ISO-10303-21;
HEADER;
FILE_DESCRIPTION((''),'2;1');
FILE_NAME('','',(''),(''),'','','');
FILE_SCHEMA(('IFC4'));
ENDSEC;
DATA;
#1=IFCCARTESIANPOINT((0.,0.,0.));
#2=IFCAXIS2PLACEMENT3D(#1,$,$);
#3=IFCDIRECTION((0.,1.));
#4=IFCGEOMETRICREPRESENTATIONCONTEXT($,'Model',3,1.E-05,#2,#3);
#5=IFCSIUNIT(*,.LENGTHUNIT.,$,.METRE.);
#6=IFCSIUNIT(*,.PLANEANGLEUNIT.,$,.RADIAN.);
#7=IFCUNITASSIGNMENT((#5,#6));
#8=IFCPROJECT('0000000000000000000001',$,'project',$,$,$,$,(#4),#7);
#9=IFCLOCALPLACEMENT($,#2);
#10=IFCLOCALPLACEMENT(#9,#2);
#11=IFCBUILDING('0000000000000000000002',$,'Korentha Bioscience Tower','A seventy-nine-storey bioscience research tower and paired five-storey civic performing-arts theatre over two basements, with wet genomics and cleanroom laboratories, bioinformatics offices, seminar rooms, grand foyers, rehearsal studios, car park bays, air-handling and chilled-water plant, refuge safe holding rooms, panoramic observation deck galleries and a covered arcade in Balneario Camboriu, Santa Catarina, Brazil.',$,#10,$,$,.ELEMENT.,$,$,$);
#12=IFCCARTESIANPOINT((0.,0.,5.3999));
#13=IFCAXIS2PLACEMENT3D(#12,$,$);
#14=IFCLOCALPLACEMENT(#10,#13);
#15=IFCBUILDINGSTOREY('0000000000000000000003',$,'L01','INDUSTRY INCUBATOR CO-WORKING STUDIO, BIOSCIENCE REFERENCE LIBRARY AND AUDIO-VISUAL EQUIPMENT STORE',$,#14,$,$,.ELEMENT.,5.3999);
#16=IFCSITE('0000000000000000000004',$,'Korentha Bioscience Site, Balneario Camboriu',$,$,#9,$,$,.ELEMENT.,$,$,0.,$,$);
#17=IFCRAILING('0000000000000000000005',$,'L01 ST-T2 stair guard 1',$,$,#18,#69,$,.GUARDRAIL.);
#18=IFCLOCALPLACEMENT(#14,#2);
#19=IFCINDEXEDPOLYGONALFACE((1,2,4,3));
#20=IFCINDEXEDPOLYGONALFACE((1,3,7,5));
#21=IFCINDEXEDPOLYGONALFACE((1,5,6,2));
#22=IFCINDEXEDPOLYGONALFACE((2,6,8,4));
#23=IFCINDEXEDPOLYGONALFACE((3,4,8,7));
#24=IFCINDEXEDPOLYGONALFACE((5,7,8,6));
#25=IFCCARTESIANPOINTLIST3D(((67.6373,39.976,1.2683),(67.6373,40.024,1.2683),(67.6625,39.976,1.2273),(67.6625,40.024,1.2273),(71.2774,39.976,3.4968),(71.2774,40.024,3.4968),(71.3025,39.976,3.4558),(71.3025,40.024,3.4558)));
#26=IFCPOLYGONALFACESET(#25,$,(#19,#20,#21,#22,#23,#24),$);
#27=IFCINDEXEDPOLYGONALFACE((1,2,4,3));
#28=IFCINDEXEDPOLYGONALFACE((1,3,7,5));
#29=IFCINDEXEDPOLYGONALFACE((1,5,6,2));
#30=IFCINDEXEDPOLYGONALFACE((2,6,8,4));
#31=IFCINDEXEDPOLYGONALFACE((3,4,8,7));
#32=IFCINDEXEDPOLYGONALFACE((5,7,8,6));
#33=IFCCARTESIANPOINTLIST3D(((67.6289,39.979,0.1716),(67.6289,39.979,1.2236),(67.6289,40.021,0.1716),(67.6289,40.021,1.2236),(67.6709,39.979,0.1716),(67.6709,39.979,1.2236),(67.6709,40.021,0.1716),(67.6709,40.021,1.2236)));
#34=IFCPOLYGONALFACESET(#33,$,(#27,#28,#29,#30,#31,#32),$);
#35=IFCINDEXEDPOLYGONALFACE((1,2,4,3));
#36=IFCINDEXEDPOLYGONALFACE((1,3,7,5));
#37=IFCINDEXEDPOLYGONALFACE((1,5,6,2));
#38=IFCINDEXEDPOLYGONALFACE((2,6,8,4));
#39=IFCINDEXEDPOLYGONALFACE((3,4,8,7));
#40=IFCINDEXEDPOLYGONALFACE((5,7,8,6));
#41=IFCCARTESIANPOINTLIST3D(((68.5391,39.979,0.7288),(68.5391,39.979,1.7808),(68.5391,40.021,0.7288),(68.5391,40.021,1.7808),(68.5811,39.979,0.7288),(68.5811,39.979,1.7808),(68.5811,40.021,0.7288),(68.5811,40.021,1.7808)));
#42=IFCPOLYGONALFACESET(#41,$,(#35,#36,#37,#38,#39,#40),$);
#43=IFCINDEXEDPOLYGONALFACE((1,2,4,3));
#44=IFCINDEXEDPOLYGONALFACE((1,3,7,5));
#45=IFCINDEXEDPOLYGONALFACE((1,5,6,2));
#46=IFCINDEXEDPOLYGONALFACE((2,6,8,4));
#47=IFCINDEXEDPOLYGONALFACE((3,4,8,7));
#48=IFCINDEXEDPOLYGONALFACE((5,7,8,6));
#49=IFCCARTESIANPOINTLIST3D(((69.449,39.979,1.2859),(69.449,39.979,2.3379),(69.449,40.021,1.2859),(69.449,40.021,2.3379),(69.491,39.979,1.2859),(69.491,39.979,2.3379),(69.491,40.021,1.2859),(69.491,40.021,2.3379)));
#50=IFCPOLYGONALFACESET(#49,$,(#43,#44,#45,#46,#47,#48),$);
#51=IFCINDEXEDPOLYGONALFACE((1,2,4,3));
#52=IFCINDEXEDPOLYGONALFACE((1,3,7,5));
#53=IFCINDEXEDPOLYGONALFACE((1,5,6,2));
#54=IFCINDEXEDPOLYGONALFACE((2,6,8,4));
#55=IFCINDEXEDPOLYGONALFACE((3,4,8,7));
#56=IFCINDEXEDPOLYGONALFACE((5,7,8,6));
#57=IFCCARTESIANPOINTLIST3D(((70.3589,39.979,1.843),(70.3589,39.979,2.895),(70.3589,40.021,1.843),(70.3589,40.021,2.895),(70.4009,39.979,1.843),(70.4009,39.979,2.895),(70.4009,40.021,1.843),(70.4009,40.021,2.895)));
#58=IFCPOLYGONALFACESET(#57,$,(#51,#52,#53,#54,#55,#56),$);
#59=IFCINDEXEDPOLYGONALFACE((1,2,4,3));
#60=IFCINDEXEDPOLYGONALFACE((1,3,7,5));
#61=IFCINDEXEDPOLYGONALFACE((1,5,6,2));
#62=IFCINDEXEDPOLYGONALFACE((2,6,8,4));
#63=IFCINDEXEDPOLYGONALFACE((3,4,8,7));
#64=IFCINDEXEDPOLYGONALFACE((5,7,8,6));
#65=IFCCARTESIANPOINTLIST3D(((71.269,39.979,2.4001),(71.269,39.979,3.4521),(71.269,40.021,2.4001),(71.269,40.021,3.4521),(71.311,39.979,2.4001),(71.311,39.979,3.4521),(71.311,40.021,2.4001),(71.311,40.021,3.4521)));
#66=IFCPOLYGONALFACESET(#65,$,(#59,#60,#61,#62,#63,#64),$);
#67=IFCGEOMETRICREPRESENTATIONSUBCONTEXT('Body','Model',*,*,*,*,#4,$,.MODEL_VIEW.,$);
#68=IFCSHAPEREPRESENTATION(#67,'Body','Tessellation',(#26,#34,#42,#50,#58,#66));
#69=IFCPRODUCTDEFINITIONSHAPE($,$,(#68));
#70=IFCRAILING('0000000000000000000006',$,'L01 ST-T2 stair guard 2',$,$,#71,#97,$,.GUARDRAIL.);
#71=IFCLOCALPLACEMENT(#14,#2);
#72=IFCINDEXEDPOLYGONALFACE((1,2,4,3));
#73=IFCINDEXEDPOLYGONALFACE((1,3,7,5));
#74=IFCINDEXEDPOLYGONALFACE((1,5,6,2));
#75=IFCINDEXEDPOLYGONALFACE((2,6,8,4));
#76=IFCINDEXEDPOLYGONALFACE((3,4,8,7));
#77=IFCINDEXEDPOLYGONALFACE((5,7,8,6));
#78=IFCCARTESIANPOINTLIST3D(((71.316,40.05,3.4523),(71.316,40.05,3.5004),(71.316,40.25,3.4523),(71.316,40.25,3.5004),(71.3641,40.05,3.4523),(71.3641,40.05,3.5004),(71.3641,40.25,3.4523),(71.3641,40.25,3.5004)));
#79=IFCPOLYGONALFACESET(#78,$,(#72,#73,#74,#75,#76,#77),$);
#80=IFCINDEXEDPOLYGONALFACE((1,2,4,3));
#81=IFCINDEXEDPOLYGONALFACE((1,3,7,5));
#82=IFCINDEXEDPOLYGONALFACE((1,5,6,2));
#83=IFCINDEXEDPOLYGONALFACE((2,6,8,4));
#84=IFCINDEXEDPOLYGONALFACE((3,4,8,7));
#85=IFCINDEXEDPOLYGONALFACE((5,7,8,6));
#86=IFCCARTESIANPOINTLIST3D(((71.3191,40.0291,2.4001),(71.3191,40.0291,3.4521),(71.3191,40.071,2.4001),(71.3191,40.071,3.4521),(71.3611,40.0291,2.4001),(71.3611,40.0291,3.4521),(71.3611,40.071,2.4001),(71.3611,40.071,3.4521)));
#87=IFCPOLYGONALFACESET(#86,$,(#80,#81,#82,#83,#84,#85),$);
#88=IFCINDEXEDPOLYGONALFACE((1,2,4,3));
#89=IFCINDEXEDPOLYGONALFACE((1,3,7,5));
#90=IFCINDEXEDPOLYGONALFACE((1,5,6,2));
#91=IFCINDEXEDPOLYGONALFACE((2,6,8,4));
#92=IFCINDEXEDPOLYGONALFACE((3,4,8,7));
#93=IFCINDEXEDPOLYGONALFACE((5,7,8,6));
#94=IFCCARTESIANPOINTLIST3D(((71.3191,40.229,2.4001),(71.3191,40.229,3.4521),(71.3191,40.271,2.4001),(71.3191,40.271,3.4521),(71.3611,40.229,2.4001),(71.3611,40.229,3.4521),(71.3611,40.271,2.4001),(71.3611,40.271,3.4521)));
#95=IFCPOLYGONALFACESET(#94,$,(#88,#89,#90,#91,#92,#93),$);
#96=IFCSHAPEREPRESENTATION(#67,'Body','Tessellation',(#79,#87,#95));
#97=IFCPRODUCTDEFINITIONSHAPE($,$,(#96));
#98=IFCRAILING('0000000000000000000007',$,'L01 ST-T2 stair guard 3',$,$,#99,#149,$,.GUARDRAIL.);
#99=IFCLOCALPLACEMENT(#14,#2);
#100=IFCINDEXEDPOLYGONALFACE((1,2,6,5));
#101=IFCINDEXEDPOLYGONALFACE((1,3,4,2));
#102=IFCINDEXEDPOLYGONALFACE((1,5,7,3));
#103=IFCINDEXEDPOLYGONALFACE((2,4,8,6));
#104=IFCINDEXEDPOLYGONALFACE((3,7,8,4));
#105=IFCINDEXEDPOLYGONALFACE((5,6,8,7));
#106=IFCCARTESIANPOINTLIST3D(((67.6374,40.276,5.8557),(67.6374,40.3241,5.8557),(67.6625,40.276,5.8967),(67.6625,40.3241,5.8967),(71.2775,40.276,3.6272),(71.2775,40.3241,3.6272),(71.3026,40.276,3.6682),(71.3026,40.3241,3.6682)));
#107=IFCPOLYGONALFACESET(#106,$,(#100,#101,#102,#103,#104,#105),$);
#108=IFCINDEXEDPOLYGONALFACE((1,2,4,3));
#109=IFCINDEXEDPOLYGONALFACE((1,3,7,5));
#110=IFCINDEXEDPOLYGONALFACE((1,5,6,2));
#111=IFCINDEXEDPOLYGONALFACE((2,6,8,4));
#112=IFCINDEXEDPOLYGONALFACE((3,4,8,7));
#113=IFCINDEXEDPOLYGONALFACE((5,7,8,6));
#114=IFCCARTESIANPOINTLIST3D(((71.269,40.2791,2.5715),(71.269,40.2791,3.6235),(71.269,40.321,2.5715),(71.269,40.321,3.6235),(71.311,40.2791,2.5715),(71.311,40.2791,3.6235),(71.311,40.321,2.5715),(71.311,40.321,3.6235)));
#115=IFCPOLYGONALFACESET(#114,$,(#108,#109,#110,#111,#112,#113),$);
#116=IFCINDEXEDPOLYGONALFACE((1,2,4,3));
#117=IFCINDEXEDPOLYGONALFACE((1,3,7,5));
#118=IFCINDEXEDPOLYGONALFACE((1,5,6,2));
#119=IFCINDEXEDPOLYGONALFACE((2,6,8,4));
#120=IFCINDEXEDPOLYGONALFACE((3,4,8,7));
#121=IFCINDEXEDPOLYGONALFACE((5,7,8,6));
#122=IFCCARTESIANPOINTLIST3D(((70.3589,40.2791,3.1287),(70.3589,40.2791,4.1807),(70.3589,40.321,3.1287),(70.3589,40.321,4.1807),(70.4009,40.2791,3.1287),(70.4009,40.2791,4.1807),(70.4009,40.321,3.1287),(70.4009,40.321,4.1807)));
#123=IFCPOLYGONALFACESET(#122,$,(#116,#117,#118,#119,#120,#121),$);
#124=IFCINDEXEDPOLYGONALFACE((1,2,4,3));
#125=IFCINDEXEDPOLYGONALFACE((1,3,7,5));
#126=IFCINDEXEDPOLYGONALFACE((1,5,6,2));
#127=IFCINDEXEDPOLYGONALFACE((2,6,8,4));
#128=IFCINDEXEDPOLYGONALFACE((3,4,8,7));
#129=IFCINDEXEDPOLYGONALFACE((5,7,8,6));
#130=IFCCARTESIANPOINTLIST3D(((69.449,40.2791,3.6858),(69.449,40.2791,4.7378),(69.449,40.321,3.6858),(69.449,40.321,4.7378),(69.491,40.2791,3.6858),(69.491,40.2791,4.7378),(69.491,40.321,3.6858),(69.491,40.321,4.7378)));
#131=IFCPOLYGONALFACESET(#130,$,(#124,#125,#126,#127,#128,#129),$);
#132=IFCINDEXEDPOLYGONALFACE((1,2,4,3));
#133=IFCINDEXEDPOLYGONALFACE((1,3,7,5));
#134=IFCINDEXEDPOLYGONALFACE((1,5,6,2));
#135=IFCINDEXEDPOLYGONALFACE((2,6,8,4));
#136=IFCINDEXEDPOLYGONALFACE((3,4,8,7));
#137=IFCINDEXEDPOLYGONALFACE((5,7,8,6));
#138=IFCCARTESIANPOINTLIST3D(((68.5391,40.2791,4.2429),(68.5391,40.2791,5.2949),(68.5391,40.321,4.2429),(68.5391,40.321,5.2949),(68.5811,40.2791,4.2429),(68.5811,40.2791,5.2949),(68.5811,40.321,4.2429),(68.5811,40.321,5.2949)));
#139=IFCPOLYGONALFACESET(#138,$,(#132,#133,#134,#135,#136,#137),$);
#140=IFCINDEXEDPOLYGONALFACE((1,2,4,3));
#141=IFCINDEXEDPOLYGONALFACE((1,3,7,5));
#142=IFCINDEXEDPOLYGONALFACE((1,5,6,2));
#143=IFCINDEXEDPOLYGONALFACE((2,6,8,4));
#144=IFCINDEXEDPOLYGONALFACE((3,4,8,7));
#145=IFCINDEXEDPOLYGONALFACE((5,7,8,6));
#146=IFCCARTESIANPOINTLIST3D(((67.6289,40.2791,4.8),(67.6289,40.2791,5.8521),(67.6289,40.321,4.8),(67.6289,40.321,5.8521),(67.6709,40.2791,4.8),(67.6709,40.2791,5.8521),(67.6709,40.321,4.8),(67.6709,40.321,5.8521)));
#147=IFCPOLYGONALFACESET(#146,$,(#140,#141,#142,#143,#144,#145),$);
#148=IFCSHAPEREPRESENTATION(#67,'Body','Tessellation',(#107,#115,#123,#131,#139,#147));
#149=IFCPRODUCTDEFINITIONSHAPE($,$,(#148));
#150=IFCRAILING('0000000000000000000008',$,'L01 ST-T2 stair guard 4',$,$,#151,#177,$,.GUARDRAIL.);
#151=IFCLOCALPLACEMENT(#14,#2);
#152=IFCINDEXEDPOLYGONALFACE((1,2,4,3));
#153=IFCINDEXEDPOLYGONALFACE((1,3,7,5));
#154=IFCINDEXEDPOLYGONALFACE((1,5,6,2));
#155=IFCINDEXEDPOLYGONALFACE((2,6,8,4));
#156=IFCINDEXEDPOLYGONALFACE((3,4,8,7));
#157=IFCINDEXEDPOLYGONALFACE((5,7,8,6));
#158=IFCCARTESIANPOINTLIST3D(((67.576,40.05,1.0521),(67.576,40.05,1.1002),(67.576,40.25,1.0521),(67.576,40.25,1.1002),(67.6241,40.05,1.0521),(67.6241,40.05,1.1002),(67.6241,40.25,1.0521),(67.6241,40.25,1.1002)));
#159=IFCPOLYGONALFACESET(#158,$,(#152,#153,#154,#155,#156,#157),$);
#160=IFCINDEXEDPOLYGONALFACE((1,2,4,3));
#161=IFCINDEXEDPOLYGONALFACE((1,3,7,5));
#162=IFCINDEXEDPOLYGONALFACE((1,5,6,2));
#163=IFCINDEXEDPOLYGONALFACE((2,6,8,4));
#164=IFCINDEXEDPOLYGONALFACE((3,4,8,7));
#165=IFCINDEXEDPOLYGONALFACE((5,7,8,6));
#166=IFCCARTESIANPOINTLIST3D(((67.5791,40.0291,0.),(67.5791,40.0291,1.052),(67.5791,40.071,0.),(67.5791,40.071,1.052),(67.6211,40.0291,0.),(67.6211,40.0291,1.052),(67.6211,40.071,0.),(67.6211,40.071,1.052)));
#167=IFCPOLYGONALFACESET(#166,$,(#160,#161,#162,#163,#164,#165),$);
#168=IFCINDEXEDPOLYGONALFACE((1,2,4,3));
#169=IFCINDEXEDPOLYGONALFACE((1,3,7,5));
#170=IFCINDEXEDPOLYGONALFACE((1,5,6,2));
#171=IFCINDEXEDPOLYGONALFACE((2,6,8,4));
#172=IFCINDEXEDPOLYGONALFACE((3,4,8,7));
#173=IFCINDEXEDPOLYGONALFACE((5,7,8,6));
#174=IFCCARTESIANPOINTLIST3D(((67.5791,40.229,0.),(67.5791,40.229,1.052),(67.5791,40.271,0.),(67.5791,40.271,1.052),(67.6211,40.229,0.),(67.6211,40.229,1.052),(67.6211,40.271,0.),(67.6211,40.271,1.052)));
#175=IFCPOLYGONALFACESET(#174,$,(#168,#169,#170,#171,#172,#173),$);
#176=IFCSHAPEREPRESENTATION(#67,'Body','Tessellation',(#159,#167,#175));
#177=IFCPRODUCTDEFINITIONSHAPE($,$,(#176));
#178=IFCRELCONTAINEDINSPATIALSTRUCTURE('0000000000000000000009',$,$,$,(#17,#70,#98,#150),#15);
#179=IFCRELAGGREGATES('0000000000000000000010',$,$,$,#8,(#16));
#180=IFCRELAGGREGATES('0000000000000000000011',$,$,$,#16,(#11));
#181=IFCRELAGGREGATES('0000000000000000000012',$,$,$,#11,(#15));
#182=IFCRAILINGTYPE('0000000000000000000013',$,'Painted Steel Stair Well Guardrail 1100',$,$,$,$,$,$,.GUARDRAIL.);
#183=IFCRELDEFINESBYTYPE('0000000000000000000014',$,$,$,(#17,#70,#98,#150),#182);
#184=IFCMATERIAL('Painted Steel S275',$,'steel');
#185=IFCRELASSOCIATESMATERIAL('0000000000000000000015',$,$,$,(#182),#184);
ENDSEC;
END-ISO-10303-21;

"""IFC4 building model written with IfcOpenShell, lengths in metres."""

from ifc_helpers import new_model, si_unit, direction, frame, origin, origin_2d, place, context, subcontext, project, spatial, rectangle, extrude, material, type_object, element, save


model = new_model("IFC4")

# Units and contexts
model_context = context("Model", 3, precision=1e-05, world=origin(), true_north=direction((0.0, 1.0)))
body_context = subcontext(model_context, "Body", "Model", "MODEL_VIEW")
ifc_project = project(units=[si_unit("LENGTHUNIT", "METRE"), si_unit("PLANEANGLEUNIT", "RADIAN")], contexts=[model_context])

# Site, building, storey
site_placement = place(None, origin())
site = spatial("IfcSite", under=ifc_project, at=site_placement, Name="Korentha Bioscience Site, Balneario Camboriu", CompositionType="ELEMENT", RefElevation=0.0)
building_placement = place(site_placement, origin())
building = spatial("IfcBuilding", under=site, at=building_placement, Name="Korentha Bioscience Tower", Description="A seventy-nine-storey bioscience research tower and paired five-storey civic performing-arts theatre over two basements, with wet genomics and cleanroom laboratories, bioinformatics offices, seminar rooms, grand foyers, rehearsal studios, car park bays, air-handling and chilled-water plant, refuge safe holding rooms, panoramic observation deck galleries and a covered arcade in Balneario Camboriu, Santa Catarina, Brazil.", CompositionType="ELEMENT")
storey_placement = place(building_placement, frame((0.0, 0.0, 5.3999)))
storey = spatial("IfcBuildingStorey", under=building, at=storey_placement, Name="L01", Description="INDUSTRY INCUBATOR CO-WORKING STUDIO, BIOSCIENCE REFERENCE LIBRARY AND AUDIO-VISUAL EQUIPMENT STORE", CompositionType="ELEMENT", Elevation=5.3999)

# Railings
ifc_material_1 = material(Name="Painted Steel S275", Category="steel")
railing_type_1 = type_object("IfcRailingType", Name="Painted Steel Stair Well Guardrail 1100", PredefinedType="GUARDRAIL", material=ifc_material_1)
railing_1_placement = place(storey_placement, frame((67.6499, 40.0, 0.1716)))
element("IfcRailing", 1, at=railing_1_placement, inside=storey, type_object=railing_type_1, Name="L01 ST-T2 stair guard 1", PredefinedType="GUARDRAIL", context=body_context, shape_type="SweptSolid", body=[
    extrude(rectangle(XDim=0.0481, YDim=0.0481, at=origin_2d()), frame((0.0, 0.0, 1.0762), z_axis=(0.852866, 0.0, 0.52213), x_axis=(0.0, 1.0, 0.0)), (0.0, 0.0, 1.0), 4.2681),
    extrude(rectangle(XDim=0.042, YDim=0.042, at=origin_2d()), origin(), (0.0, 0.0, 1.0), 1.052),
    extrude(rectangle(XDim=0.042, YDim=0.042, at=origin_2d()), frame((0.9102, 0.0, 0.5571)), (0.0, 0.0, 1.0), 1.052),
    extrude(rectangle(XDim=0.042, YDim=0.042, at=origin_2d()), frame((1.8201, 0.0, 1.1143)), (0.0, 0.0, 1.0), 1.052),
    extrude(rectangle(XDim=0.042, YDim=0.042, at=origin_2d()), frame((2.73, 0.0, 1.6714)), (0.0, 0.0, 1.0), 1.052),
    extrude(rectangle(XDim=0.042, YDim=0.042, at=origin_2d()), frame((3.6401, 0.0, 2.2285)), (0.0, 0.0, 1.0), 1.052),
])
railing_2_placement = place(storey_placement, frame((71.3401, 40.05, 2.4001)))
element("IfcRailing", 2, at=railing_2_placement, inside=storey, type_object=railing_type_1, Name="L01 ST-T2 stair guard 2", PredefinedType="GUARDRAIL", context=body_context, shape_type="SweptSolid", body=[
    extrude(rectangle(XDim=0.0481, YDim=0.0481, at=origin_2d()), frame((0.0, 0.0, 1.0762), z_axis=(0.0, 1.0, 0.0), x_axis=(-1.0, 0.0, 0.0)), (0.0, 0.0, 1.0), 0.2),
    extrude(rectangle(XDim=0.042, YDim=0.042, at=origin_2d()), origin(), (0.0, 0.0, 1.0), 1.052),
    extrude(rectangle(XDim=0.042, YDim=0.042, at=origin_2d()), frame((0.0, 0.2, 0.0)), (0.0, 0.0, 1.0), 1.052),
])
railing_3_placement = place(storey_placement, frame((71.29, 40.3, 2.5715)))
element("IfcRailing", 3, at=railing_3_placement, inside=storey, type_object=railing_type_1, Name="L01 ST-T2 stair guard 3", PredefinedType="GUARDRAIL", context=body_context, shape_type="SweptSolid", body=[
    extrude(rectangle(XDim=0.0481, YDim=0.0481, at=origin_2d()), frame((0.0, 0.0, 1.0762), z_axis=(-0.852866, 0.0, 0.52213), x_axis=(0.0, -1.0, 0.0)), (0.0, 0.0, 1.0), 4.2681),
    extrude(rectangle(XDim=0.042, YDim=0.042, at=origin_2d()), origin(), (0.0, 0.0, 1.0), 1.052),
    extrude(rectangle(XDim=0.042, YDim=0.042, at=origin_2d()), frame((-0.9102, 0.0, 0.5571)), (0.0, 0.0, 1.0), 1.052),
    extrude(rectangle(XDim=0.042, YDim=0.042, at=origin_2d()), frame((-1.8201, 0.0, 1.1143)), (0.0, 0.0, 1.0), 1.052),
    extrude(rectangle(XDim=0.042, YDim=0.042, at=origin_2d()), frame((-2.73, 0.0, 1.6714)), (0.0, 0.0, 1.0), 1.052),
    extrude(rectangle(XDim=0.042, YDim=0.042, at=origin_2d()), frame((-3.6401, 0.0, 2.2285)), (0.0, 0.0, 1.0), 1.052),
])
railing_4_placement = place(storey_placement, frame((67.6001, 40.05, 0.0)))
element("IfcRailing", 4, at=railing_4_placement, inside=storey, type_object=railing_type_1, Name="L01 ST-T2 stair guard 4", PredefinedType="GUARDRAIL", context=body_context, shape_type="SweptSolid", body=[
    extrude(rectangle(XDim=0.0481, YDim=0.0481, at=origin_2d()), frame((0.0, 0.0, 1.0762), z_axis=(0.0, 1.0, 0.0), x_axis=(-1.0, 0.0, 0.0)), (0.0, 0.0, 1.0), 0.2),
    extrude(rectangle(XDim=0.042, YDim=0.042, at=origin_2d()), origin(), (0.0, 0.0, 1.0), 1.052),
    extrude(rectangle(XDim=0.042, YDim=0.042, at=origin_2d()), frame((0.0, 0.2, 0.0)), (0.0, 0.0, 1.0), 1.052),
])

save(model, "model.ifc")
